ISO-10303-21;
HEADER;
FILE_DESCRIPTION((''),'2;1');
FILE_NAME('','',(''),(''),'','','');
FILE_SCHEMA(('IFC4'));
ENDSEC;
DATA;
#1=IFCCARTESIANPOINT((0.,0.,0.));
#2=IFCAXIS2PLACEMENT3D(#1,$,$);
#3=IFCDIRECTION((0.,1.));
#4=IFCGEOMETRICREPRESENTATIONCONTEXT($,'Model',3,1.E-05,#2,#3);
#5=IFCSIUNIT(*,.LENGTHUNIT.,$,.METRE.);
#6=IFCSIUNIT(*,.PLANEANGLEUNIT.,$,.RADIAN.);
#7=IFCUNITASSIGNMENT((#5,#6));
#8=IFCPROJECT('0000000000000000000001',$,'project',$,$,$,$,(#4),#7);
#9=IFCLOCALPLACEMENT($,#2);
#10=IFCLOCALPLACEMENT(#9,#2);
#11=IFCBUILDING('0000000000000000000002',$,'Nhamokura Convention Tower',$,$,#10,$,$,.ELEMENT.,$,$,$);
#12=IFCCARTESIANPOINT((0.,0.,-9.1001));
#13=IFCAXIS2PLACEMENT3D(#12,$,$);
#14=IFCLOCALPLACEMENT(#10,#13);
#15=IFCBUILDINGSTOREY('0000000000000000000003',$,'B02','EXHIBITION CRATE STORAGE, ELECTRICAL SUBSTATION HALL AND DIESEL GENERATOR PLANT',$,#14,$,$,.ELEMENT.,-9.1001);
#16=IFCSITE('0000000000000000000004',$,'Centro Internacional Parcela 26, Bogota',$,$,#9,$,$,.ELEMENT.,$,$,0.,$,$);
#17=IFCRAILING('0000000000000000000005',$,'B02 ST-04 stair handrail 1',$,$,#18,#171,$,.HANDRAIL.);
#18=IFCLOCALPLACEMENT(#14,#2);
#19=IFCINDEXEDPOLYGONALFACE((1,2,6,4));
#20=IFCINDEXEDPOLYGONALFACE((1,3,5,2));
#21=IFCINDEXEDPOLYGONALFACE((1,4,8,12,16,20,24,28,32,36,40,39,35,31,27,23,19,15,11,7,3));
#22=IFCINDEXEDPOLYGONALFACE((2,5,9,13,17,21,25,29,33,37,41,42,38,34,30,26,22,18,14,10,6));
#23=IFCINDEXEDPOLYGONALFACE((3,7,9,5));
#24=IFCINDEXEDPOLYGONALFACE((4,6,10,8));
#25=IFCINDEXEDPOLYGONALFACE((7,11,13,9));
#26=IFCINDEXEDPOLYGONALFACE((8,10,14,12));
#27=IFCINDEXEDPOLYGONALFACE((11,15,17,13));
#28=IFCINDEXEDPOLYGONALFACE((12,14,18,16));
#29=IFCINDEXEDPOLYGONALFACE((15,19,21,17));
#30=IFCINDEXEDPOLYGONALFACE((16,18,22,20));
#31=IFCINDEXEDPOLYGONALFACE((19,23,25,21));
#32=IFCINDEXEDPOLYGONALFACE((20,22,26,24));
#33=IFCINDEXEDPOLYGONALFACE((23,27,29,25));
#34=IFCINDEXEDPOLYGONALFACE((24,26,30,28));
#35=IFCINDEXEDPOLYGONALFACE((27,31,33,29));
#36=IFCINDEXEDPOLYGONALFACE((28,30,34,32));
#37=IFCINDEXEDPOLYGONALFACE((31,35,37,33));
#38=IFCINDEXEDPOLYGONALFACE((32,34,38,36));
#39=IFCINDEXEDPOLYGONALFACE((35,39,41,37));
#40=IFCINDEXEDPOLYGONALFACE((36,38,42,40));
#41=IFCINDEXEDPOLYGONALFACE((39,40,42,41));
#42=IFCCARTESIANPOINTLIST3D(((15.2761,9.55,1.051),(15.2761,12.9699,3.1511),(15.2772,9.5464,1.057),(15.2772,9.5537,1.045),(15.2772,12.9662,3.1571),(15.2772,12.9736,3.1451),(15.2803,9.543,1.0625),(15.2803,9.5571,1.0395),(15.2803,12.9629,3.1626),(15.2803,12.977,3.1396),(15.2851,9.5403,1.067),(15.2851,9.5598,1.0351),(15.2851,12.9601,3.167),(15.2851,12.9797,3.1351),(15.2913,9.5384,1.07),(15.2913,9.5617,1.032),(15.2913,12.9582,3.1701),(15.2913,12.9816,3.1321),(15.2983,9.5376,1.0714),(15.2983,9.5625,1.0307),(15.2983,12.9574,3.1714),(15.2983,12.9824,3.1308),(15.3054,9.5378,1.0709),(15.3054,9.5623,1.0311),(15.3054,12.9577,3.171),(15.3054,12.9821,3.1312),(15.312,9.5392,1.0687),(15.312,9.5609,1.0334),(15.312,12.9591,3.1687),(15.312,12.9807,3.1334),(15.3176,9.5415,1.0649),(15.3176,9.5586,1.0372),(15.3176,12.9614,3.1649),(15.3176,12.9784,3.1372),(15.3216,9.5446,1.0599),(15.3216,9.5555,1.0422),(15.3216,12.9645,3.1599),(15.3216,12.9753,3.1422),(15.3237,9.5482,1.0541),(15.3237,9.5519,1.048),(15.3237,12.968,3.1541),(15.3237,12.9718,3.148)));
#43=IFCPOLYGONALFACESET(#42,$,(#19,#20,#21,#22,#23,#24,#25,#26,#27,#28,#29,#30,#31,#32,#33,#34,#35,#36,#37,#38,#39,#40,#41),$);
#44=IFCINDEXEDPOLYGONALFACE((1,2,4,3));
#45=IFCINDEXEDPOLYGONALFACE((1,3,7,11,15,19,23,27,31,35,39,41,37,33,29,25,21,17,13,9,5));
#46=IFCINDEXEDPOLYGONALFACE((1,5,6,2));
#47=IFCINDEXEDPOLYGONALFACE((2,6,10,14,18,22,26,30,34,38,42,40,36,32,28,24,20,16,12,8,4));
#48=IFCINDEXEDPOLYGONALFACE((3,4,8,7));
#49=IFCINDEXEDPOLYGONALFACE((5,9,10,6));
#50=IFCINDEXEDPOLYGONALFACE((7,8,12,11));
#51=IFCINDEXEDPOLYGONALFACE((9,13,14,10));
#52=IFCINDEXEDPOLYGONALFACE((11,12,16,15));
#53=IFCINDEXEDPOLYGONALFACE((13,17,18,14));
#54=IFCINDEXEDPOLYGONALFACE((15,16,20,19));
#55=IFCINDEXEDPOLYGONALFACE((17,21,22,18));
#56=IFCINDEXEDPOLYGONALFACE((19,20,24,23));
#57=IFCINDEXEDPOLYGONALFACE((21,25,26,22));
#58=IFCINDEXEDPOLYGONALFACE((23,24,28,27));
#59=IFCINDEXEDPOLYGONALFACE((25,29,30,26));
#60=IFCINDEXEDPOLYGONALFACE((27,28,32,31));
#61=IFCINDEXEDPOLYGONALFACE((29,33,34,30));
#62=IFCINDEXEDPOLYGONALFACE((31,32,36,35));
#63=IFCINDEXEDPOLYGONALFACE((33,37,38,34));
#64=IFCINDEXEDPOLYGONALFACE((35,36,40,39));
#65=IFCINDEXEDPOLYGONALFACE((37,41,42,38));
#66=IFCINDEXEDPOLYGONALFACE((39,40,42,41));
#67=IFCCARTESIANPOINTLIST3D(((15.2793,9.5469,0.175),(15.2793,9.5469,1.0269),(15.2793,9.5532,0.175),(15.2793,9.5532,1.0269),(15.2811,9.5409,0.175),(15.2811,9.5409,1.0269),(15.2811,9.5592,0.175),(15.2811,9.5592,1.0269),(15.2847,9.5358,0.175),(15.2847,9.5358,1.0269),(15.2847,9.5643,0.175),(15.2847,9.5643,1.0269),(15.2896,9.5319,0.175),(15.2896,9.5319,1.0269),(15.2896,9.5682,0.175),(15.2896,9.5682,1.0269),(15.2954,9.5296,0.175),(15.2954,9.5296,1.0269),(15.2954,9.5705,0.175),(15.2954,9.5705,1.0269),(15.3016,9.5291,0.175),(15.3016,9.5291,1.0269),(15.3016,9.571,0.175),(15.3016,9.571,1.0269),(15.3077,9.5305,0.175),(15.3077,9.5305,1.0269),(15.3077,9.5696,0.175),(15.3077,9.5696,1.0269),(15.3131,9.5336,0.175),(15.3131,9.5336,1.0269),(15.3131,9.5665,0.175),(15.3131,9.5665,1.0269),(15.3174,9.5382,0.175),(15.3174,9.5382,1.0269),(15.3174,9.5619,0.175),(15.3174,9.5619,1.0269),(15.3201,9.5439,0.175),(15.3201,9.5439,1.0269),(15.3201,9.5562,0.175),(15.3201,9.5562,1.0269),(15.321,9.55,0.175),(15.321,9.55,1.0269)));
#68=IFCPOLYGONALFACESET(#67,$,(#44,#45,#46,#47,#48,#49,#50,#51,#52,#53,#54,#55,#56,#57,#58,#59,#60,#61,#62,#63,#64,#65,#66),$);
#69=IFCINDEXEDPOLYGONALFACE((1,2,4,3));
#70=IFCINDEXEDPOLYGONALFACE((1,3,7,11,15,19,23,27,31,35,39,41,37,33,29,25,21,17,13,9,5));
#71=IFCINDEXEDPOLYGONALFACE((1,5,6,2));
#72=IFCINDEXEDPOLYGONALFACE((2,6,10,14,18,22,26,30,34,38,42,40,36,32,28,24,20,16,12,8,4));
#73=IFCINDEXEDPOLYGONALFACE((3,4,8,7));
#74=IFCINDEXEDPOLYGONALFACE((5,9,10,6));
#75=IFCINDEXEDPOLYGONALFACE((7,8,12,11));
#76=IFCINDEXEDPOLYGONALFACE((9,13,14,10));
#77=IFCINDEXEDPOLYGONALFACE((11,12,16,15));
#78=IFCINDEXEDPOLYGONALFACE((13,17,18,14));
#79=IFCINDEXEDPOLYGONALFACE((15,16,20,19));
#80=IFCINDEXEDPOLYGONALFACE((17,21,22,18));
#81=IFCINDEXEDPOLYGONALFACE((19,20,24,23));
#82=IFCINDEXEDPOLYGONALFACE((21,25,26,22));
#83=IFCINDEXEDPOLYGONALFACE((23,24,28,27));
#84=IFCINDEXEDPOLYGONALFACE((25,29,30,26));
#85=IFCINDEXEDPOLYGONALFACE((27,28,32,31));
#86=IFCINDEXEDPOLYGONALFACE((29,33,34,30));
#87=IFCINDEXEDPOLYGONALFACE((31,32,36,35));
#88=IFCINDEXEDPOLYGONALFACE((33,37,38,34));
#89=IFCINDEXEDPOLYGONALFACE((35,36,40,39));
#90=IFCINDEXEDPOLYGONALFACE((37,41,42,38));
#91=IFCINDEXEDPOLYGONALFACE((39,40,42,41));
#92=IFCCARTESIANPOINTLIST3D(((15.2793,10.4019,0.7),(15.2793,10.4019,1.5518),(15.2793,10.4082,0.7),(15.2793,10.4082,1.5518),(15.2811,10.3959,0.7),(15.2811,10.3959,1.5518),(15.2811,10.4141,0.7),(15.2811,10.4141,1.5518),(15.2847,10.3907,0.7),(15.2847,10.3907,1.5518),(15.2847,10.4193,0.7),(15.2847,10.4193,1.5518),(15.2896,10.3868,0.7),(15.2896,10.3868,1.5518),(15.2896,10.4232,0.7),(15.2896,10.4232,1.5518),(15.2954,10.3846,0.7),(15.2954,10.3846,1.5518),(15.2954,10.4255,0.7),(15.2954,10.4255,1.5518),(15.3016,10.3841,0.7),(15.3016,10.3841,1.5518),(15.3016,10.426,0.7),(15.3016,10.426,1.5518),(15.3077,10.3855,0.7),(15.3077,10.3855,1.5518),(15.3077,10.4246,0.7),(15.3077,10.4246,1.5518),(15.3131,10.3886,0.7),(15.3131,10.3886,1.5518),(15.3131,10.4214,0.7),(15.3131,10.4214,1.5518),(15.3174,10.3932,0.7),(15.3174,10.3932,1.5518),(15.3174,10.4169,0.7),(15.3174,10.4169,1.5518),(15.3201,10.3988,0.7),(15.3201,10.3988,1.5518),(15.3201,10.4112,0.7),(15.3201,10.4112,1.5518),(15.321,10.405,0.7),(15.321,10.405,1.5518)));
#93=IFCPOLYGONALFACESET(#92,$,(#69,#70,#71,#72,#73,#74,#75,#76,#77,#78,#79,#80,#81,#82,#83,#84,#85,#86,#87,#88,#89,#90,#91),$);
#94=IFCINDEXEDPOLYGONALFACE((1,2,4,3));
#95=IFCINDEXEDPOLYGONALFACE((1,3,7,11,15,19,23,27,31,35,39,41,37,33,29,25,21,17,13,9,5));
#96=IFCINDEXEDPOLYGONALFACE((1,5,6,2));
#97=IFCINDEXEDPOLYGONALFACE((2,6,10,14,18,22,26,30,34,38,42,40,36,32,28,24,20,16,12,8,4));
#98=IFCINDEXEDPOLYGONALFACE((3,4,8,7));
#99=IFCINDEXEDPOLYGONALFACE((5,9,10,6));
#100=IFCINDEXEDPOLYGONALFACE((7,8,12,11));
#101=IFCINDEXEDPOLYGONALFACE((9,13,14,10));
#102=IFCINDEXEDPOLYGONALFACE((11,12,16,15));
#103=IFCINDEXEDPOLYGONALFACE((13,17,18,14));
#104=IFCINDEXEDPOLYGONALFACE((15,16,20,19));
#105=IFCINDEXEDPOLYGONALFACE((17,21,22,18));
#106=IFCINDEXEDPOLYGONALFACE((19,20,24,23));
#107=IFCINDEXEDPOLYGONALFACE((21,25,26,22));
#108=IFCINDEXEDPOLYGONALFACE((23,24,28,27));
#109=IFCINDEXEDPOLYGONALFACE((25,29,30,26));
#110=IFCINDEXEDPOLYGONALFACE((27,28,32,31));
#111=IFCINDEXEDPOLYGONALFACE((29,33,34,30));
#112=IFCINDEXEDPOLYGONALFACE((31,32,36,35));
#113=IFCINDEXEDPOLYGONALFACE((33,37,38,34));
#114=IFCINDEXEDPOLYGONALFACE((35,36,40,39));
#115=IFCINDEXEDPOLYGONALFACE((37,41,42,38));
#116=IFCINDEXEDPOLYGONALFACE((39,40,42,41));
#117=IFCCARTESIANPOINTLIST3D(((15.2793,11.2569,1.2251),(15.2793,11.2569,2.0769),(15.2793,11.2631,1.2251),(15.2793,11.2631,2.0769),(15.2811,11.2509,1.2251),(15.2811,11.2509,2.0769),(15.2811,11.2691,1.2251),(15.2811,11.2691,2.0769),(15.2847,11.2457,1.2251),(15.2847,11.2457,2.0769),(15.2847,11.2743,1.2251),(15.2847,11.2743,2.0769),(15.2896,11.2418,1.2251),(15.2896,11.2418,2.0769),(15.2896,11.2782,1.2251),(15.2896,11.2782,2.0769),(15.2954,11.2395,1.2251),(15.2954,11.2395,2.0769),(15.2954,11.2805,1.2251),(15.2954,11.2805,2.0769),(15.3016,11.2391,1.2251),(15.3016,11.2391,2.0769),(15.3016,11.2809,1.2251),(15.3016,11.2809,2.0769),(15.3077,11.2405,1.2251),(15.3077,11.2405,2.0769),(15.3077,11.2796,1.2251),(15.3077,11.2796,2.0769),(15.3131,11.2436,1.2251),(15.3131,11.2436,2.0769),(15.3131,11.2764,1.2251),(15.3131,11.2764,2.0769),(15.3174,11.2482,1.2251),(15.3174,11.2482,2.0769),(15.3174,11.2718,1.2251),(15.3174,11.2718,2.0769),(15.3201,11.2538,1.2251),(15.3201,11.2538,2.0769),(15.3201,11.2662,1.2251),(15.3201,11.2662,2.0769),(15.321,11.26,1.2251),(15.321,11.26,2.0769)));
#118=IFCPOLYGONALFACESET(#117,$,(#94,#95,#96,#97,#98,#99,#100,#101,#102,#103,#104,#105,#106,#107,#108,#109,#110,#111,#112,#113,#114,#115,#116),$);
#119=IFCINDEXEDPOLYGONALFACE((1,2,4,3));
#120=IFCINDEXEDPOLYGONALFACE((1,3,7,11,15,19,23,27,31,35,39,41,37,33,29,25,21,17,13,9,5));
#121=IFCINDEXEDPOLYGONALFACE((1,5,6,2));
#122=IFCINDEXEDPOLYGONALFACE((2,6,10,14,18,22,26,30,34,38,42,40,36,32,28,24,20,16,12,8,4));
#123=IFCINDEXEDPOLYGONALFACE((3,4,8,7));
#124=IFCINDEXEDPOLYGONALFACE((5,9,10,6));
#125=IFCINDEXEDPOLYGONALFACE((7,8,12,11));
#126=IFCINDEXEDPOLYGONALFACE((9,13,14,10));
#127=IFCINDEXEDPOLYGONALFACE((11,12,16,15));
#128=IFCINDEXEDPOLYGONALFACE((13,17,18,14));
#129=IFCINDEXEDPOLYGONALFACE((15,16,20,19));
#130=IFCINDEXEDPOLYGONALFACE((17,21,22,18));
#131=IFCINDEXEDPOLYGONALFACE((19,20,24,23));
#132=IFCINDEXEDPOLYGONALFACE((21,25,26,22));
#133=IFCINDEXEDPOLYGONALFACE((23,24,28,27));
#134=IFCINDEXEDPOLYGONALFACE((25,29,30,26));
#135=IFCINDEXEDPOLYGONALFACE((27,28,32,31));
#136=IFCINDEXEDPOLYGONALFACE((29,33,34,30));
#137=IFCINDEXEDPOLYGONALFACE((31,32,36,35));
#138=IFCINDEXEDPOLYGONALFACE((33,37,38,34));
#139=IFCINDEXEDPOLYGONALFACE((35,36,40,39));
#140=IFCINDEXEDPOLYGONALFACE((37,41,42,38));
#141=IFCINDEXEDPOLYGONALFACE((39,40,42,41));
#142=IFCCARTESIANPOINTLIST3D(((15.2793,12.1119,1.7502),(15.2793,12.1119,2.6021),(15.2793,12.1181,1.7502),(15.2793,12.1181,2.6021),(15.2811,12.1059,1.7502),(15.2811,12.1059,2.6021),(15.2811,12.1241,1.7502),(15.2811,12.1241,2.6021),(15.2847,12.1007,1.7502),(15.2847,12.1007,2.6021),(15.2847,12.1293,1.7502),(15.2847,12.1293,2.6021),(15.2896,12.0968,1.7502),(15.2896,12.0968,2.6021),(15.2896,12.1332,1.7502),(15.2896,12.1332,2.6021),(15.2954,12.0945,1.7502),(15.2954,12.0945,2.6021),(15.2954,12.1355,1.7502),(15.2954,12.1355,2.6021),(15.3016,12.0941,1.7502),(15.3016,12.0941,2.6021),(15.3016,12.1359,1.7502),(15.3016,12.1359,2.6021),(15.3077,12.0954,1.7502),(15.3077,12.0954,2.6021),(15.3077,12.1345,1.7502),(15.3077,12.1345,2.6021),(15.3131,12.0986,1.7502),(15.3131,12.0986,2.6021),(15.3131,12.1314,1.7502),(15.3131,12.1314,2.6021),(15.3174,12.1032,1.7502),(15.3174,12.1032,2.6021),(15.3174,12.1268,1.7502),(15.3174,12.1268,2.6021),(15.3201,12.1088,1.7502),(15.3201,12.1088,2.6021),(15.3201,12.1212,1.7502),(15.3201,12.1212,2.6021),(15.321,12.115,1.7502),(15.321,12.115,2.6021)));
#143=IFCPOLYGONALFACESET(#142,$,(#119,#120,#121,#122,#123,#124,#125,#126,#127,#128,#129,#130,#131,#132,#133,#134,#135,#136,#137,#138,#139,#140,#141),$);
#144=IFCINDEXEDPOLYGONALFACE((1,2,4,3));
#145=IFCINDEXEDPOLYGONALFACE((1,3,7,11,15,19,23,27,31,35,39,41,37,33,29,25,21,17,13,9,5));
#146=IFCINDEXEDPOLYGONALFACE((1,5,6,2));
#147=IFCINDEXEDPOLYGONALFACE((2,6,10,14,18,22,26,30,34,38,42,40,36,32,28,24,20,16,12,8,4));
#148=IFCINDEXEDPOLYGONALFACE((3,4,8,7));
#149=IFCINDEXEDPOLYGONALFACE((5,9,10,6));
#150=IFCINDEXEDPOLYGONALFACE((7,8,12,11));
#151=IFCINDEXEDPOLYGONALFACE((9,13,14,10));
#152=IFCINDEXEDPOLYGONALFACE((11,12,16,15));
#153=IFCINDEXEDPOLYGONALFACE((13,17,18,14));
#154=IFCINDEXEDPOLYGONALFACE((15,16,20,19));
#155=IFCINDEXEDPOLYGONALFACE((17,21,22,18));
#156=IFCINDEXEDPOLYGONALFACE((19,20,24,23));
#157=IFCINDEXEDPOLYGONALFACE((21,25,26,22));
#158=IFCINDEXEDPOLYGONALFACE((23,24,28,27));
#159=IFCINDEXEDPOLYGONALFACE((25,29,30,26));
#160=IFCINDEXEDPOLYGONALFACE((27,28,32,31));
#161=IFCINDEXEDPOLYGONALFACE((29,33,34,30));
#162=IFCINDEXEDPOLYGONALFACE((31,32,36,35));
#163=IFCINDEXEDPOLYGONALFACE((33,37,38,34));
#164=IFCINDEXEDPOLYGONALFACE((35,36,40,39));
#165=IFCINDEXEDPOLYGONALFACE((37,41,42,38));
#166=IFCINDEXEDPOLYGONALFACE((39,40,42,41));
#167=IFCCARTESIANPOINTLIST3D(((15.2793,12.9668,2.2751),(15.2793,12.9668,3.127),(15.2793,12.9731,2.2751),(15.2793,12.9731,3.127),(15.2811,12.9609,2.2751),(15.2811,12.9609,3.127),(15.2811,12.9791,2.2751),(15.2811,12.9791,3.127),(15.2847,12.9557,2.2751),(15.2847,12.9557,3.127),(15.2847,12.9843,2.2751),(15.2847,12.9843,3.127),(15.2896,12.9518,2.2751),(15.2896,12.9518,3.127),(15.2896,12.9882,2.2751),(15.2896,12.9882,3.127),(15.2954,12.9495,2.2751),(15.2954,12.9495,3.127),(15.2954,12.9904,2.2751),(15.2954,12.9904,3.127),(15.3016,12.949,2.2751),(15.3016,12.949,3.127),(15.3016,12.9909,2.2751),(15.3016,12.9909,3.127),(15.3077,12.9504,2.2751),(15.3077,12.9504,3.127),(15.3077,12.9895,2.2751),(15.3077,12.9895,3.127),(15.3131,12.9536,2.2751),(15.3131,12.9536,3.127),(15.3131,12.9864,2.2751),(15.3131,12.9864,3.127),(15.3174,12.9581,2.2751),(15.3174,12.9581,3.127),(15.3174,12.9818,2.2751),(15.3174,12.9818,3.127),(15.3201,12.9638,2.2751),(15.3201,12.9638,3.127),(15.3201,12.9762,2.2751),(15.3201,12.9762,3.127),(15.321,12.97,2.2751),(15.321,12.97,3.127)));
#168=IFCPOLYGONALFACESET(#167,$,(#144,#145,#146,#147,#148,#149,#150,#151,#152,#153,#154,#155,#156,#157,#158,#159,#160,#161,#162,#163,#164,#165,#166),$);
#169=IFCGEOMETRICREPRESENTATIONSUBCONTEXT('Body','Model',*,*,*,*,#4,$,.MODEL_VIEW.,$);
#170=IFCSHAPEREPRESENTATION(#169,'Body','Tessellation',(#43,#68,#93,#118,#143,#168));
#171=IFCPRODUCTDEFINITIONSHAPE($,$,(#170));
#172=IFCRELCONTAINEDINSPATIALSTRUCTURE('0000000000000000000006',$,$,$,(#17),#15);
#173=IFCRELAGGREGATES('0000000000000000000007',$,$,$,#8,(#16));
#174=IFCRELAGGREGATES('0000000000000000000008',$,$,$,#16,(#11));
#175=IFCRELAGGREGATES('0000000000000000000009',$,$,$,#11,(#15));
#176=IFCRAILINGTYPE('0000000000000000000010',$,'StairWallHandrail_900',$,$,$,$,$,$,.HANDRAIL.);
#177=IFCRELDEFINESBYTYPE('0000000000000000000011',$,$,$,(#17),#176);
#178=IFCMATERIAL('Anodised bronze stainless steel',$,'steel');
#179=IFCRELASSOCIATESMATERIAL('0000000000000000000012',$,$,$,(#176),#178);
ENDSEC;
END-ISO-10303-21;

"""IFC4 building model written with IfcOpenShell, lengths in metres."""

from ifc_helpers import new_model, si_unit, direction, frame, origin, origin_2d, place, context, subcontext, project, spatial, circle, extrude, material, type_object, element, save


model = new_model("IFC4")

# Units and contexts
model_context = context("Model", 3, precision=1e-05, world=origin(), true_north=direction((0.0, 1.0)))
body_context = subcontext(model_context, "Body", "Model", "MODEL_VIEW")
ifc_project = project(units=[si_unit("LENGTHUNIT", "METRE"), si_unit("PLANEANGLEUNIT", "RADIAN")], contexts=[model_context])

# Site, building, storey
site_placement = place(None, origin())
site = spatial("IfcSite", under=ifc_project, at=site_placement, Name="Centro Internacional Parcela 26, Bogota", CompositionType="ELEMENT", RefElevation=0.0)
building_placement = place(site_placement, origin())
building = spatial("IfcBuilding", under=site, at=building_placement, Name="Nhamokura Convention Tower", CompositionType="ELEMENT")
storey_placement = place(building_placement, frame((0.0, 0.0, -9.1001)))
storey = spatial("IfcBuildingStorey", under=building, at=storey_placement, Name="B02", Description="EXHIBITION CRATE STORAGE, ELECTRICAL SUBSTATION HALL AND DIESEL GENERATOR PLANT", CompositionType="ELEMENT", Elevation=-9.1001)

# Railing
ifc_material_1 = material(Name="Anodised bronze stainless steel", Category="steel")
railing_type_1 = type_object("IfcRailingType", Name="StairWallHandrail_900", PredefinedType="HANDRAIL", material=ifc_material_1)
railing_1_placement = place(storey_placement, frame((15.3, 9.55, 0.175)))
element("IfcRailing", 1, at=railing_1_placement, inside=storey, type_object=railing_type_1, Name="B02 ST-04 stair handrail 1", PredefinedType="HANDRAIL", context=body_context, shape_type="SweptSolid", body=[
    extrude(circle(Radius=0.0239, at=origin_2d()), frame((0.0, 0.0, 0.876), z_axis=(0.0, 0.852155, 0.523289), x_axis=(-1.0, 0.0, 0.0)), (0.0, 0.0, 1.0), 4.0132),
    extrude(circle(Radius=0.021, at=origin_2d()), origin(), (0.0, 0.0, 1.0), 0.8518),
    extrude(circle(Radius=0.021, at=origin_2d()), frame((0.0, 0.855, 0.5249)), (0.0, 0.0, 1.0), 0.8518),
    extrude(circle(Radius=0.021, at=origin_2d()), frame((0.0, 1.71, 1.05)), (0.0, 0.0, 1.0), 0.8518),
    extrude(circle(Radius=0.021, at=origin_2d()), frame((0.0, 2.5649, 1.5752)), (0.0, 0.0, 1.0), 0.8518),
    extrude(circle(Radius=0.021, at=origin_2d()), frame((0.0, 3.4199, 2.1001)), (0.0, 0.0, 1.0), 0.8518),
])

save(model, "model.ifc")
